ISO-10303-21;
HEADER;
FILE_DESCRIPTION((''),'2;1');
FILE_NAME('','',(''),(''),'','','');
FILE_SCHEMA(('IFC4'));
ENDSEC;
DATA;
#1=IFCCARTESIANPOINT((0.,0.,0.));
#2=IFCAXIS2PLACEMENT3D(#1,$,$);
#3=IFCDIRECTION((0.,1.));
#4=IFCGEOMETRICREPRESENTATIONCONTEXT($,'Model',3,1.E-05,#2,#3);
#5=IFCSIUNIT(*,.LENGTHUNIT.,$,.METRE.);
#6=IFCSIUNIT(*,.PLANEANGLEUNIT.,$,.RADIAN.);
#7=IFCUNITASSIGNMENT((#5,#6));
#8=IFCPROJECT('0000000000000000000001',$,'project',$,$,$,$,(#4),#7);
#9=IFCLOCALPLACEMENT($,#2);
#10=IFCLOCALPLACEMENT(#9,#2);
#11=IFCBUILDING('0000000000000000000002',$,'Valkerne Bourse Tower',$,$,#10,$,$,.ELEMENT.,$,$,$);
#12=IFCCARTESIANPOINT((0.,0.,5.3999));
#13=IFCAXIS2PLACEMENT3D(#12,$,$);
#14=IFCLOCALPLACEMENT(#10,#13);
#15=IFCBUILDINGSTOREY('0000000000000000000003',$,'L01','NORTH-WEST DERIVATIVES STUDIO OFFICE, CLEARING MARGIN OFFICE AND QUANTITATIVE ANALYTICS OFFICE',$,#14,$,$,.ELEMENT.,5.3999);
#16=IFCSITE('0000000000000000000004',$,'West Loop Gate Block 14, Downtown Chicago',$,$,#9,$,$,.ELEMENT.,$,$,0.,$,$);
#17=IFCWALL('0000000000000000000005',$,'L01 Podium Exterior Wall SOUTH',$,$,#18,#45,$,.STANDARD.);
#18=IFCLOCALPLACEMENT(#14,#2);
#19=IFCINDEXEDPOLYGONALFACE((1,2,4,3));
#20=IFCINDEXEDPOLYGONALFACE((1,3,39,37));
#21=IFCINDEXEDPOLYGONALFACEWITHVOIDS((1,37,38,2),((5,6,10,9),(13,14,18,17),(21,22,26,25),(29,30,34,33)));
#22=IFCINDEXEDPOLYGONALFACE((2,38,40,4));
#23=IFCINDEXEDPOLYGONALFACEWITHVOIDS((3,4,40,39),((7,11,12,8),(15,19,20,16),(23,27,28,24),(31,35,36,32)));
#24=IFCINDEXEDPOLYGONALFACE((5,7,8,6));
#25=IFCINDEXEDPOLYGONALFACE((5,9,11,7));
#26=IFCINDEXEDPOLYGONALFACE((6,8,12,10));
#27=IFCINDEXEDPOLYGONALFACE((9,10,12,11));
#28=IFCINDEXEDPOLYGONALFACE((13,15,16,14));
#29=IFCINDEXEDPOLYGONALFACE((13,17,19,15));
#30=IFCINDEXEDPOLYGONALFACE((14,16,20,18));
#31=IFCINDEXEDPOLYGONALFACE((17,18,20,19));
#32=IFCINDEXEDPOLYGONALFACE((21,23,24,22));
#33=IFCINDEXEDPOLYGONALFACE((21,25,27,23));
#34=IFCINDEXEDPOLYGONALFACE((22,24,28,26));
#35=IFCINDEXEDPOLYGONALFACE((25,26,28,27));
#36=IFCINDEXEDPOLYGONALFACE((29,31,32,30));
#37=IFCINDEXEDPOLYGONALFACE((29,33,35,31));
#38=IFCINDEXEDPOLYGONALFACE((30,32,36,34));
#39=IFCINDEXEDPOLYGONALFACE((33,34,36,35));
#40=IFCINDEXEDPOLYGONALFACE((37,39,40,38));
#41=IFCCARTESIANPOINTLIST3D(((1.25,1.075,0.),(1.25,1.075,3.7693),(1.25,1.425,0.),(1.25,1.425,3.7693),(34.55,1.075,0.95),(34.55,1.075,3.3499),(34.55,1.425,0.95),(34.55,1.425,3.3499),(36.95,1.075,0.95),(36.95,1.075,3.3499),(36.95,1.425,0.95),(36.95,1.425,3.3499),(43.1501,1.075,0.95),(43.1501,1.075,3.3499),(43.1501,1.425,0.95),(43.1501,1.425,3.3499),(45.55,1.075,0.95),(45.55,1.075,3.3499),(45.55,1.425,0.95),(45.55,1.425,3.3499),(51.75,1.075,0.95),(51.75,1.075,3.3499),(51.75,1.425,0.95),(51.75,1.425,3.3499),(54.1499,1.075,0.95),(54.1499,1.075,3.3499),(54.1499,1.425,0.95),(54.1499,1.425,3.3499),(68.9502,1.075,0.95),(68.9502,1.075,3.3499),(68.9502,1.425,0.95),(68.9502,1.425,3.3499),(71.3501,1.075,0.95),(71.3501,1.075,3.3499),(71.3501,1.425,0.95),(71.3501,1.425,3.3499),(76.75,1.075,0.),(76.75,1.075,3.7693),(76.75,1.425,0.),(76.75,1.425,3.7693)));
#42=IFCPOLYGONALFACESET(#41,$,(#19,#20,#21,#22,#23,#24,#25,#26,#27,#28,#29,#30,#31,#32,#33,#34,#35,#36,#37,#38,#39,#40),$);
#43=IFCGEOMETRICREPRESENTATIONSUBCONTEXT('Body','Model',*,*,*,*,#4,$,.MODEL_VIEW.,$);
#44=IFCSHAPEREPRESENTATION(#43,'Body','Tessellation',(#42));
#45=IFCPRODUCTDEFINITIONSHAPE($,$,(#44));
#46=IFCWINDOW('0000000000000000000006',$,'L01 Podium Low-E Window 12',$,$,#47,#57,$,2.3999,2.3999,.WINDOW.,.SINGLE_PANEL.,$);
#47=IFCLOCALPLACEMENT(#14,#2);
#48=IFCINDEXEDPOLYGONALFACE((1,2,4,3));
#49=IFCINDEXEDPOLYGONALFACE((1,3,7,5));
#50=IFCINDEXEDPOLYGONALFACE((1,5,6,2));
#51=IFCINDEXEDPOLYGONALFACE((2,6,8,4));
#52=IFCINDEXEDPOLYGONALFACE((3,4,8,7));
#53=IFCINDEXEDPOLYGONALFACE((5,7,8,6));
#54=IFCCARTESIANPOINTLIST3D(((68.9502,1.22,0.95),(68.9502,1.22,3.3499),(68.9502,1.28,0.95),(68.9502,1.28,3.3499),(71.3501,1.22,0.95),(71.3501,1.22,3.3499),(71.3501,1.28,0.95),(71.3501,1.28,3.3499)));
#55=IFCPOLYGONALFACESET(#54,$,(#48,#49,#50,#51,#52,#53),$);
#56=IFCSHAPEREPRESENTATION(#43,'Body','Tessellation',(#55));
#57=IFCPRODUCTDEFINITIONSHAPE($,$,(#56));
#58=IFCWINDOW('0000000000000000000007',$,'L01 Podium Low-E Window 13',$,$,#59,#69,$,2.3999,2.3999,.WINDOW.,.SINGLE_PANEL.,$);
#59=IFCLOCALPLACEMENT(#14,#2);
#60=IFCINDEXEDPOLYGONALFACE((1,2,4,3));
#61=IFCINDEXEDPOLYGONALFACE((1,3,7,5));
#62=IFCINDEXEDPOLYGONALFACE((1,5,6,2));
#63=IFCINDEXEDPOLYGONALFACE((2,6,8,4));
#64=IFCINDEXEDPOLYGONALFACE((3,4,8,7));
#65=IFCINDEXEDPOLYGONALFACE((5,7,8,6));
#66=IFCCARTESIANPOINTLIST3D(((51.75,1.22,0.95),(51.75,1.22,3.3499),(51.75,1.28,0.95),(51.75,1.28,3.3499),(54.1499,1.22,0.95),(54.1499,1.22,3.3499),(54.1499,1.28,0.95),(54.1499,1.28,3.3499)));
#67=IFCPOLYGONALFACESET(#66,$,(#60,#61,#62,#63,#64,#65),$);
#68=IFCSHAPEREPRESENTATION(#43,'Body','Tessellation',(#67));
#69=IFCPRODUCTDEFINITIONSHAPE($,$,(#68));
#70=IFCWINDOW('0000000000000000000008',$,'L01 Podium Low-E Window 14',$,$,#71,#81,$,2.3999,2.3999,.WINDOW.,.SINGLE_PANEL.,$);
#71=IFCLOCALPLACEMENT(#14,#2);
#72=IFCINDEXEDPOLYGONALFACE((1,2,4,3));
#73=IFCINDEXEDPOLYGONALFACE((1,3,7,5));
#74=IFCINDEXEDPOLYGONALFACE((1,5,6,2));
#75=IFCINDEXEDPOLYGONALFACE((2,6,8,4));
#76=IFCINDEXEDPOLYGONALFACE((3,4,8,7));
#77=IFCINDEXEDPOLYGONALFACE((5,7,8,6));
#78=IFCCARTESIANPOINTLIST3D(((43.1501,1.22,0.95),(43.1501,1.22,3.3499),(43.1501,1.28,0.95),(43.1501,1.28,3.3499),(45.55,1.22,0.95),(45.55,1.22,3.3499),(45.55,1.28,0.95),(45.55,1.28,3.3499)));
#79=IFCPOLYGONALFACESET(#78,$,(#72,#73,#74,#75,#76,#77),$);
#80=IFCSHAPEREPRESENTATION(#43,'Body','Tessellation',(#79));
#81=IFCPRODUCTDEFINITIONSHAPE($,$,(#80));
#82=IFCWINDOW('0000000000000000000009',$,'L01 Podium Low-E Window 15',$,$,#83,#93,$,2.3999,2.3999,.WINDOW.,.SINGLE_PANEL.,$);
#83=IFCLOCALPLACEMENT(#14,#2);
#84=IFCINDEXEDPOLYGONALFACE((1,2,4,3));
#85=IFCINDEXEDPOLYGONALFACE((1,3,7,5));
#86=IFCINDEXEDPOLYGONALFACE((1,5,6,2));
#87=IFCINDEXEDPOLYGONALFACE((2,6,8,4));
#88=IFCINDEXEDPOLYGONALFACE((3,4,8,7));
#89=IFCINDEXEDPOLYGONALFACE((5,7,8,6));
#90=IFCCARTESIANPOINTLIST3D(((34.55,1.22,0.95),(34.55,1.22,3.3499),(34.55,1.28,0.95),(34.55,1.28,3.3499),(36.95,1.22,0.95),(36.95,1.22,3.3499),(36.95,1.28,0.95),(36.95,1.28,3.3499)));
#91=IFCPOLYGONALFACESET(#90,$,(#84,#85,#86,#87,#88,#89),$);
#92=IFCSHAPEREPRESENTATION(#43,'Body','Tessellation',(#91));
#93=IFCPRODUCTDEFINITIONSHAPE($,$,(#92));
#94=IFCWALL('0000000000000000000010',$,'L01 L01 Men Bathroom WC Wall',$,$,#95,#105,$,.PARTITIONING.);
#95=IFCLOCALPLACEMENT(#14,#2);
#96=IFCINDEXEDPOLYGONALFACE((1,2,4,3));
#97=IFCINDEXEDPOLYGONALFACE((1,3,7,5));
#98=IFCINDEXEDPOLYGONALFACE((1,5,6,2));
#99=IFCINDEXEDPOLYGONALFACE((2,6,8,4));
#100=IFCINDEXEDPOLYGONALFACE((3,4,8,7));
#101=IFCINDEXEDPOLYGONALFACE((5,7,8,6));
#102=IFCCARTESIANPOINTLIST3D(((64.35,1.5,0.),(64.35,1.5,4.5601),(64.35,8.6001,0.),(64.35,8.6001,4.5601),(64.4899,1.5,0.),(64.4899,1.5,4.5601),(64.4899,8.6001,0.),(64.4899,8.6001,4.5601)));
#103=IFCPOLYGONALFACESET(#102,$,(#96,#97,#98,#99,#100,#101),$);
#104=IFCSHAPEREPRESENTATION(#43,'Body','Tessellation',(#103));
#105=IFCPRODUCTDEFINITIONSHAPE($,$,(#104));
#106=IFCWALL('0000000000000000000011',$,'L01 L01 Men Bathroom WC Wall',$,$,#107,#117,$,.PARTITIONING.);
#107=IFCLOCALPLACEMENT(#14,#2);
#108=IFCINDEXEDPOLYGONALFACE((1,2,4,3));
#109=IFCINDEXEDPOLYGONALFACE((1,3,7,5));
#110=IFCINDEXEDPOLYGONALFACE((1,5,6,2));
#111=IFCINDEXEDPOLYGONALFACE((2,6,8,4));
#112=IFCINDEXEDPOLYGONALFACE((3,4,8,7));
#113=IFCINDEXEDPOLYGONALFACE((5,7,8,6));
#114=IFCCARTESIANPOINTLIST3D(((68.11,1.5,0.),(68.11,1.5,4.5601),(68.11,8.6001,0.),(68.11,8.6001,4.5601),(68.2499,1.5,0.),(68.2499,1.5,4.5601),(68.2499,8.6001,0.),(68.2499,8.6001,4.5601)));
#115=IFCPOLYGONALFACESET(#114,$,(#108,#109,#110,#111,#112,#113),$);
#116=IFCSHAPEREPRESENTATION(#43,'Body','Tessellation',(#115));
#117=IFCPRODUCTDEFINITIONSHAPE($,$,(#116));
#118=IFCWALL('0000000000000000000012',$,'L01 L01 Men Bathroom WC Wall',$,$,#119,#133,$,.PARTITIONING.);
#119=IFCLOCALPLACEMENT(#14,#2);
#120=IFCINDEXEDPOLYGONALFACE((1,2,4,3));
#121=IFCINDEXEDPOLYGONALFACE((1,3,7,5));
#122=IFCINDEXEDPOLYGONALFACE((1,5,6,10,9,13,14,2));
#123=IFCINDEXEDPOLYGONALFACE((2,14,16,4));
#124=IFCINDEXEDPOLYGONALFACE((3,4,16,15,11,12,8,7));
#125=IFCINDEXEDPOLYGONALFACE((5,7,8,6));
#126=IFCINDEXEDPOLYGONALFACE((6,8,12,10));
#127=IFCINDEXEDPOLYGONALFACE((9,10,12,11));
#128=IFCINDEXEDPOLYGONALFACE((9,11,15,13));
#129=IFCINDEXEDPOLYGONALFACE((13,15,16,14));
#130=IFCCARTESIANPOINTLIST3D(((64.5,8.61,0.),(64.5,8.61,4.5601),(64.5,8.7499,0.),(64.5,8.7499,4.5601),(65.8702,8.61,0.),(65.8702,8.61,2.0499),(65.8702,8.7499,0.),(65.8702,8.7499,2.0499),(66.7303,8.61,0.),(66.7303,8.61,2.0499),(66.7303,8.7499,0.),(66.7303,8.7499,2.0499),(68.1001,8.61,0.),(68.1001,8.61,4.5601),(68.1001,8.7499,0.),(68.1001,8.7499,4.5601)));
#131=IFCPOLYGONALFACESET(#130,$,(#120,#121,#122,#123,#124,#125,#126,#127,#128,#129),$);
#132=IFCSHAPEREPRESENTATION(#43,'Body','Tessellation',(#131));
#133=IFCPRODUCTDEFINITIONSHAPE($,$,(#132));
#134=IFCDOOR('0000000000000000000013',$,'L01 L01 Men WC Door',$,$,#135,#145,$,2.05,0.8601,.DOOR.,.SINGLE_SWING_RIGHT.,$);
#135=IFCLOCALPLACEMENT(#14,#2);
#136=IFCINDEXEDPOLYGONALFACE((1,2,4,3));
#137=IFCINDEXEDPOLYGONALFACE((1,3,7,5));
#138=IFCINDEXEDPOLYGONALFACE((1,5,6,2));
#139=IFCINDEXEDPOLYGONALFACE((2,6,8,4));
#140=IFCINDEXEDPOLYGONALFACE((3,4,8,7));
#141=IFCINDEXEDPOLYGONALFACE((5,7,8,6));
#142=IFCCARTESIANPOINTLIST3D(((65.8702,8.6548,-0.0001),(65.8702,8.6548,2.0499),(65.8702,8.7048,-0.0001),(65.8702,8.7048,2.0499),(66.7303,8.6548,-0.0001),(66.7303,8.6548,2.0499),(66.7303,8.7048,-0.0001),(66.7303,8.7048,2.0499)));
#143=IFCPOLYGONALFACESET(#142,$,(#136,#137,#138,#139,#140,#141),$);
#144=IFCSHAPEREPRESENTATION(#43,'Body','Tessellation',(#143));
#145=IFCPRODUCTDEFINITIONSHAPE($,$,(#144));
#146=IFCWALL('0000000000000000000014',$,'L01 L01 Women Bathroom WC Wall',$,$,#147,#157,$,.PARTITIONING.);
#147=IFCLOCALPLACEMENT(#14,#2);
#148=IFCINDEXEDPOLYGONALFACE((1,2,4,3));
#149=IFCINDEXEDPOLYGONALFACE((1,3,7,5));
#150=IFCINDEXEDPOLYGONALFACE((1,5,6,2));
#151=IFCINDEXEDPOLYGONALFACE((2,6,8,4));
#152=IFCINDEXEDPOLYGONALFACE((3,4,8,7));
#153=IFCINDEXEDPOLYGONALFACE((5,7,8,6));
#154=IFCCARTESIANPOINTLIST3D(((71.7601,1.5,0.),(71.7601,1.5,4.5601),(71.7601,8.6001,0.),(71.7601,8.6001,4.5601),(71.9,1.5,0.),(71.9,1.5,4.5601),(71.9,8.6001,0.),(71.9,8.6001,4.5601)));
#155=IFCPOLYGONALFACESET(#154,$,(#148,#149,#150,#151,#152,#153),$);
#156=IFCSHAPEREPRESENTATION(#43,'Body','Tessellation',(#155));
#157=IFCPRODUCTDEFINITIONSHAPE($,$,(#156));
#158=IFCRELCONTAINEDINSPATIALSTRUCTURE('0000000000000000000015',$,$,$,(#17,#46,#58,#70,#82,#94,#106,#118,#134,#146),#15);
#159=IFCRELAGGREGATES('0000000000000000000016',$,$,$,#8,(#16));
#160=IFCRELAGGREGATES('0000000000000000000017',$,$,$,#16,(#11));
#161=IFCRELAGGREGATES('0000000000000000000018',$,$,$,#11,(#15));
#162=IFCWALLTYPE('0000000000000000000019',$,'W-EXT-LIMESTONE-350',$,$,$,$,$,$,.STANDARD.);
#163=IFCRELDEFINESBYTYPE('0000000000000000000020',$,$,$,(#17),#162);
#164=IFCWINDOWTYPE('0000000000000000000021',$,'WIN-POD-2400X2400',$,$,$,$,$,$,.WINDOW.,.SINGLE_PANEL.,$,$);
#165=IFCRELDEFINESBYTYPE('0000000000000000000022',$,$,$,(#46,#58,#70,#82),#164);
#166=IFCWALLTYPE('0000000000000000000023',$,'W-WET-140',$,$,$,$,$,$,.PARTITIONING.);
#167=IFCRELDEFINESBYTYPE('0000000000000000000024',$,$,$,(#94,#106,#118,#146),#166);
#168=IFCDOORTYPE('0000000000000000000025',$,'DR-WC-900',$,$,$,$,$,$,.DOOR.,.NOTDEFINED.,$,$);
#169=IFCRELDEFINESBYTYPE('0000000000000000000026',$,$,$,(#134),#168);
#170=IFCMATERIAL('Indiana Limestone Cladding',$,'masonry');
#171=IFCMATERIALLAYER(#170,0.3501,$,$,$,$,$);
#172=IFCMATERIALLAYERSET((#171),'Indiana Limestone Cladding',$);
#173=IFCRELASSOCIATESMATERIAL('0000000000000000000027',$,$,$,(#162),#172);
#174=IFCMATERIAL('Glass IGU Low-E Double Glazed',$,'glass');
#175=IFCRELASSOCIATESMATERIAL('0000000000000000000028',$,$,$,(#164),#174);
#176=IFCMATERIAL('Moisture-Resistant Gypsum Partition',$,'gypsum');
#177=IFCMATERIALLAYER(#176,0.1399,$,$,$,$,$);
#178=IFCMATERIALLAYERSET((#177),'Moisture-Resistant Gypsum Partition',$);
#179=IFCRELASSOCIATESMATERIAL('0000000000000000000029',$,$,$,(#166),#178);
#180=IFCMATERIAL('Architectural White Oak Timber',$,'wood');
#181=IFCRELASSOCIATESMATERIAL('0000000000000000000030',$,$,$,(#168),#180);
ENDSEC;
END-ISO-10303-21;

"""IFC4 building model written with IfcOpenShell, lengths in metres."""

from ifc_helpers import new_model, si_unit, direction, frame, frame_2d, origin, place, context, subcontext, project, spatial, rectangle, extrude, material, layer, layer_set, type_object, element, fill, save


model = new_model("IFC4")

# Units and contexts
model_context = context("Model", 3, precision=1e-05, world=origin(), true_north=direction((0.0, 1.0)))
body_context = subcontext(model_context, "Body", "Model", "MODEL_VIEW")
ifc_project = project(units=[si_unit("LENGTHUNIT", "METRE"), si_unit("PLANEANGLEUNIT", "RADIAN")], contexts=[model_context])

# Site, building, storey
site_placement = place(None, origin())
site = spatial("IfcSite", under=ifc_project, at=site_placement, Name="West Loop Gate Block 14, Downtown Chicago", CompositionType="ELEMENT", RefElevation=0.0)
building_placement = place(site_placement, origin())
building = spatial("IfcBuilding", under=site, at=building_placement, Name="Valkerne Bourse Tower", CompositionType="ELEMENT")
storey_placement = place(building_placement, frame((0.0, 0.0, 5.3999)))
storey = spatial("IfcBuildingStorey", under=building, at=storey_placement, Name="L01", Description="NORTH-WEST DERIVATIVES STUDIO OFFICE, CLEARING MARGIN OFFICE AND QUANTITATIVE ANALYTICS OFFICE", CompositionType="ELEMENT", Elevation=5.3999)

# Wall, openings, windows
ifc_material_1 = material(Name="Indiana Limestone Cladding", Category="masonry")
ifc_layer_1 = layer(ifc_material_1, 0.3501)
ifc_layer_set_1 = layer_set([ifc_layer_1], Name="Indiana Limestone Cladding")
wall_type_1 = type_object("IfcWallType", Name="W-EXT-LIMESTONE-350", PredefinedType="STANDARD", material=ifc_layer_set_1)
wall_1_placement = place(storey_placement, frame((76.75, 1.25, 0.0), z_axis=(0.0, 0.0, 1.0), x_axis=(-1.0, 0.0, 0.0)))
wall_1 = element("IfcWall", 1, at=wall_1_placement, inside=storey, type_object=wall_type_1, Name="L01 Podium Exterior Wall SOUTH", PredefinedType="STANDARD", context=body_context, shape_type="SweptSolid", body=[
    extrude(rectangle(XDim=75.5, YDim=0.3501, at=frame_2d((37.75, 0.0))), origin(), (0.0, 0.0, 1.0), 3.7693),
])
opening_1_placement = place(wall_1_placement, frame((5.3999, 0.0, 0.95)))
opening_1 = element("IfcOpeningElement", 2, at=opening_1_placement, cuts=wall_1, PredefinedType="OPENING", context=body_context, shape_type="SweptSolid", body=[
    extrude(rectangle(XDim=2.3999, YDim=2.3999, at=frame_2d((1.2, 1.2))), frame((0.0, 0.1851, 0.0), z_axis=(0.0, -1.0, 0.0), x_axis=(1.0, 0.0, 0.0)), (0.0, 0.0, 1.0), 0.3701),
])
opening_2_placement = place(wall_1_placement, frame((22.6001, 0.0, 0.95)))
opening_2 = element("IfcOpeningElement", 3, at=opening_2_placement, cuts=wall_1, PredefinedType="OPENING", context=body_context, shape_type="SweptSolid", body=[
    extrude(rectangle(XDim=2.3999, YDim=2.3999, at=frame_2d((1.2, 1.2))), frame((0.0, 0.1851, 0.0), z_axis=(0.0, -1.0, 0.0), x_axis=(1.0, 0.0, 0.0)), (0.0, 0.0, 1.0), 0.3701),
])
opening_3_placement = place(wall_1_placement, frame((31.2, 0.0, 0.95)))
opening_3 = element("IfcOpeningElement", 4, at=opening_3_placement, cuts=wall_1, PredefinedType="OPENING", context=body_context, shape_type="SweptSolid", body=[
    extrude(rectangle(XDim=2.3999, YDim=2.3999, at=frame_2d((1.2, 1.2))), frame((0.0, 0.1851, 0.0), z_axis=(0.0, -1.0, 0.0), x_axis=(1.0, 0.0, 0.0)), (0.0, 0.0, 1.0), 0.3701),
])
opening_4_placement = place(wall_1_placement, frame((39.8, 0.0, 0.95)))
opening_4 = element("IfcOpeningElement", 5, at=opening_4_placement, cuts=wall_1, PredefinedType="OPENING", context=body_context, shape_type="SweptSolid", body=[
    extrude(rectangle(XDim=2.3999, YDim=2.3999, at=frame_2d((1.2, 1.2))), frame((0.0, 0.1851, 0.0), z_axis=(0.0, -1.0, 0.0), x_axis=(1.0, 0.0, 0.0)), (0.0, 0.0, 1.0), 0.3701),
])
ifc_material_2 = material(Name="Glass IGU Low-E Double Glazed", Category="glass")
window_type = type_object("IfcWindowType", Name="WIN-POD-2400X2400", PartitioningType="SINGLE_PANEL", PredefinedType="WINDOW", material=ifc_material_2)
window_1_placement = place(opening_1_placement, origin())
window_1 = element("IfcWindow", 6, at=window_1_placement, inside=storey, type_object=window_type, Name="L01 Podium Low-E Window 12", OverallHeight=2.3999, OverallWidth=2.3999, PartitioningType="SINGLE_PANEL", PredefinedType="WINDOW", context=body_context, shape_type="SweptSolid", body=[
    extrude(rectangle(XDim=2.3999, YDim=2.3999, at=frame_2d((1.2, 1.2))), frame((0.0, 0.03, 0.0), z_axis=(0.0, -1.0, 0.0), x_axis=(1.0, 0.0, 0.0)), (0.0, 0.0, 1.0), 0.0601),
])
fill(opening_1, window_1)
window_2_placement = place(opening_2_placement, origin())
window_2 = element("IfcWindow", 7, at=window_2_placement, inside=storey, type_object=window_type, Name="L01 Podium Low-E Window 13", OverallHeight=2.3999, OverallWidth=2.3999, PartitioningType="SINGLE_PANEL", PredefinedType="WINDOW", context=body_context, shape_type="SweptSolid", body=[
    extrude(rectangle(XDim=2.3999, YDim=2.3999, at=frame_2d((1.2, 1.2))), frame((0.0, 0.03, 0.0), z_axis=(0.0, -1.0, 0.0), x_axis=(1.0, 0.0, 0.0)), (0.0, 0.0, 1.0), 0.0601),
])
fill(opening_2, window_2)
window_3_placement = place(opening_3_placement, origin())
window_3 = element("IfcWindow", 8, at=window_3_placement, inside=storey, type_object=window_type, Name="L01 Podium Low-E Window 14", OverallHeight=2.3999, OverallWidth=2.3999, PartitioningType="SINGLE_PANEL", PredefinedType="WINDOW", context=body_context, shape_type="SweptSolid", body=[
    extrude(rectangle(XDim=2.3999, YDim=2.3999, at=frame_2d((1.2, 1.2))), frame((0.0, 0.03, 0.0), z_axis=(0.0, -1.0, 0.0), x_axis=(1.0, 0.0, 0.0)), (0.0, 0.0, 1.0), 0.0601),
])
fill(opening_3, window_3)
window_4_placement = place(opening_4_placement, origin())
window_4 = element("IfcWindow", 9, at=window_4_placement, inside=storey, type_object=window_type, Name="L01 Podium Low-E Window 15", OverallHeight=2.3999, OverallWidth=2.3999, PartitioningType="SINGLE_PANEL", PredefinedType="WINDOW", context=body_context, shape_type="SweptSolid", body=[
    extrude(rectangle(XDim=2.3999, YDim=2.3999, at=frame_2d((1.2, 1.2))), frame((0.0, 0.03, 0.0), z_axis=(0.0, -1.0, 0.0), x_axis=(1.0, 0.0, 0.0)), (0.0, 0.0, 1.0), 0.0601),
])
fill(opening_4, window_4)

# Walls
ifc_material_3 = material(Name="Moisture-Resistant Gypsum Partition", Category="gypsum")
ifc_layer_2 = layer(ifc_material_3, 0.1399)
ifc_layer_set_2 = layer_set([ifc_layer_2], Name="Moisture-Resistant Gypsum Partition")
wall_type_2 = type_object("IfcWallType", Name="W-WET-140", PredefinedType="PARTITIONING", material=ifc_layer_set_2)
for number, where, z_axis, x_axis, name in (
    (10, (64.4199, 1.5, 0.0), (0.0, 0.0, 1.0), (0.0, 1.0, 0.0), "L01 L01 Men Bathroom WC Wall"),
    (11, (68.1799, 1.5, 0.0), (0.0, 0.0, 1.0), (0.0, 1.0, 0.0), "L01 L01 Men Bathroom WC Wall"),
):
    element("IfcWall", number, at=place(storey_placement, frame(where, z_axis=z_axis, x_axis=x_axis)), inside=storey, type_object=wall_type_2, Name=name, PredefinedType="PARTITIONING", context=body_context, shape_type="SweptSolid", body=[
        extrude(rectangle(XDim=7.1001, YDim=0.1399, at=frame_2d((3.55, 0.0))), origin(), (0.0, 0.0, 1.0), 4.5601),
    ])

# Wall, opening, door
wall_2_placement = place(storey_placement, frame((64.5, 8.6799, 0.0), z_axis=(0.0, 0.0, 1.0), x_axis=(1.0, 0.0, 0.0)))
wall_2 = element("IfcWall", 12, at=wall_2_placement, inside=storey, type_object=wall_type_2, Name="L01 L01 Men Bathroom WC Wall", PredefinedType="PARTITIONING", context=body_context, shape_type="SweptSolid", body=[
    extrude(rectangle(XDim=3.6001, YDim=0.1399, at=frame_2d((1.8, 0.0))), origin(), (0.0, 0.0, 1.0), 4.5601),
])
opening_5_placement = place(wall_2_placement, frame((1.3701, 0.0, 0.0)))
opening_5 = element("IfcOpeningElement", 13, at=opening_5_placement, cuts=wall_2, PredefinedType="OPENING", context=body_context, shape_type="SweptSolid", body=[
    extrude(rectangle(XDim=0.8601, YDim=2.05, at=frame_2d((0.4302, 1.0249))), frame((0.0, 0.0798, 0.0), z_axis=(0.0, -1.0, 0.0), x_axis=(1.0, 0.0, 0.0)), (0.0, 0.0, 1.0), 0.1599),
])
ifc_material_4 = material(Name="Architectural White Oak Timber", Category="wood")
door_type = type_object("IfcDoorType", Name="DR-WC-900", OperationType="NOTDEFINED", PredefinedType="DOOR", material=ifc_material_4)
door_1_placement = place(opening_5_placement, origin())
door_1 = element("IfcDoor", 14, at=door_1_placement, inside=storey, type_object=door_type, Name="L01 L01 Men WC Door", OperationType="SINGLE_SWING_RIGHT", OverallHeight=2.05, OverallWidth=0.8601, PredefinedType="DOOR", context=body_context, shape_type="SweptSolid", body=[
    extrude(rectangle(XDim=0.8601, YDim=2.05, at=frame_2d((0.4302, 1.0249))), frame((0.0, 0.0249, 0.0), z_axis=(0.0, -1.0, 0.0), x_axis=(1.0, 0.0, 0.0)), (0.0, 0.0, 1.0), 0.05),
])
fill(opening_5, door_1)

# Wall
wall_3_placement = place(storey_placement, frame((71.8301, 1.5, 0.0), z_axis=(0.0, 0.0, 1.0), x_axis=(0.0, 1.0, 0.0)))
element("IfcWall", 15, at=wall_3_placement, inside=storey, type_object=wall_type_2, Name="L01 L01 Women Bathroom WC Wall", PredefinedType="PARTITIONING", context=body_context, shape_type="SweptSolid", body=[
    extrude(rectangle(XDim=7.1001, YDim=0.1399, at=frame_2d((3.55, 0.0))), origin(), (0.0, 0.0, 1.0), 4.5601),
])

save(model, "model.ifc")
